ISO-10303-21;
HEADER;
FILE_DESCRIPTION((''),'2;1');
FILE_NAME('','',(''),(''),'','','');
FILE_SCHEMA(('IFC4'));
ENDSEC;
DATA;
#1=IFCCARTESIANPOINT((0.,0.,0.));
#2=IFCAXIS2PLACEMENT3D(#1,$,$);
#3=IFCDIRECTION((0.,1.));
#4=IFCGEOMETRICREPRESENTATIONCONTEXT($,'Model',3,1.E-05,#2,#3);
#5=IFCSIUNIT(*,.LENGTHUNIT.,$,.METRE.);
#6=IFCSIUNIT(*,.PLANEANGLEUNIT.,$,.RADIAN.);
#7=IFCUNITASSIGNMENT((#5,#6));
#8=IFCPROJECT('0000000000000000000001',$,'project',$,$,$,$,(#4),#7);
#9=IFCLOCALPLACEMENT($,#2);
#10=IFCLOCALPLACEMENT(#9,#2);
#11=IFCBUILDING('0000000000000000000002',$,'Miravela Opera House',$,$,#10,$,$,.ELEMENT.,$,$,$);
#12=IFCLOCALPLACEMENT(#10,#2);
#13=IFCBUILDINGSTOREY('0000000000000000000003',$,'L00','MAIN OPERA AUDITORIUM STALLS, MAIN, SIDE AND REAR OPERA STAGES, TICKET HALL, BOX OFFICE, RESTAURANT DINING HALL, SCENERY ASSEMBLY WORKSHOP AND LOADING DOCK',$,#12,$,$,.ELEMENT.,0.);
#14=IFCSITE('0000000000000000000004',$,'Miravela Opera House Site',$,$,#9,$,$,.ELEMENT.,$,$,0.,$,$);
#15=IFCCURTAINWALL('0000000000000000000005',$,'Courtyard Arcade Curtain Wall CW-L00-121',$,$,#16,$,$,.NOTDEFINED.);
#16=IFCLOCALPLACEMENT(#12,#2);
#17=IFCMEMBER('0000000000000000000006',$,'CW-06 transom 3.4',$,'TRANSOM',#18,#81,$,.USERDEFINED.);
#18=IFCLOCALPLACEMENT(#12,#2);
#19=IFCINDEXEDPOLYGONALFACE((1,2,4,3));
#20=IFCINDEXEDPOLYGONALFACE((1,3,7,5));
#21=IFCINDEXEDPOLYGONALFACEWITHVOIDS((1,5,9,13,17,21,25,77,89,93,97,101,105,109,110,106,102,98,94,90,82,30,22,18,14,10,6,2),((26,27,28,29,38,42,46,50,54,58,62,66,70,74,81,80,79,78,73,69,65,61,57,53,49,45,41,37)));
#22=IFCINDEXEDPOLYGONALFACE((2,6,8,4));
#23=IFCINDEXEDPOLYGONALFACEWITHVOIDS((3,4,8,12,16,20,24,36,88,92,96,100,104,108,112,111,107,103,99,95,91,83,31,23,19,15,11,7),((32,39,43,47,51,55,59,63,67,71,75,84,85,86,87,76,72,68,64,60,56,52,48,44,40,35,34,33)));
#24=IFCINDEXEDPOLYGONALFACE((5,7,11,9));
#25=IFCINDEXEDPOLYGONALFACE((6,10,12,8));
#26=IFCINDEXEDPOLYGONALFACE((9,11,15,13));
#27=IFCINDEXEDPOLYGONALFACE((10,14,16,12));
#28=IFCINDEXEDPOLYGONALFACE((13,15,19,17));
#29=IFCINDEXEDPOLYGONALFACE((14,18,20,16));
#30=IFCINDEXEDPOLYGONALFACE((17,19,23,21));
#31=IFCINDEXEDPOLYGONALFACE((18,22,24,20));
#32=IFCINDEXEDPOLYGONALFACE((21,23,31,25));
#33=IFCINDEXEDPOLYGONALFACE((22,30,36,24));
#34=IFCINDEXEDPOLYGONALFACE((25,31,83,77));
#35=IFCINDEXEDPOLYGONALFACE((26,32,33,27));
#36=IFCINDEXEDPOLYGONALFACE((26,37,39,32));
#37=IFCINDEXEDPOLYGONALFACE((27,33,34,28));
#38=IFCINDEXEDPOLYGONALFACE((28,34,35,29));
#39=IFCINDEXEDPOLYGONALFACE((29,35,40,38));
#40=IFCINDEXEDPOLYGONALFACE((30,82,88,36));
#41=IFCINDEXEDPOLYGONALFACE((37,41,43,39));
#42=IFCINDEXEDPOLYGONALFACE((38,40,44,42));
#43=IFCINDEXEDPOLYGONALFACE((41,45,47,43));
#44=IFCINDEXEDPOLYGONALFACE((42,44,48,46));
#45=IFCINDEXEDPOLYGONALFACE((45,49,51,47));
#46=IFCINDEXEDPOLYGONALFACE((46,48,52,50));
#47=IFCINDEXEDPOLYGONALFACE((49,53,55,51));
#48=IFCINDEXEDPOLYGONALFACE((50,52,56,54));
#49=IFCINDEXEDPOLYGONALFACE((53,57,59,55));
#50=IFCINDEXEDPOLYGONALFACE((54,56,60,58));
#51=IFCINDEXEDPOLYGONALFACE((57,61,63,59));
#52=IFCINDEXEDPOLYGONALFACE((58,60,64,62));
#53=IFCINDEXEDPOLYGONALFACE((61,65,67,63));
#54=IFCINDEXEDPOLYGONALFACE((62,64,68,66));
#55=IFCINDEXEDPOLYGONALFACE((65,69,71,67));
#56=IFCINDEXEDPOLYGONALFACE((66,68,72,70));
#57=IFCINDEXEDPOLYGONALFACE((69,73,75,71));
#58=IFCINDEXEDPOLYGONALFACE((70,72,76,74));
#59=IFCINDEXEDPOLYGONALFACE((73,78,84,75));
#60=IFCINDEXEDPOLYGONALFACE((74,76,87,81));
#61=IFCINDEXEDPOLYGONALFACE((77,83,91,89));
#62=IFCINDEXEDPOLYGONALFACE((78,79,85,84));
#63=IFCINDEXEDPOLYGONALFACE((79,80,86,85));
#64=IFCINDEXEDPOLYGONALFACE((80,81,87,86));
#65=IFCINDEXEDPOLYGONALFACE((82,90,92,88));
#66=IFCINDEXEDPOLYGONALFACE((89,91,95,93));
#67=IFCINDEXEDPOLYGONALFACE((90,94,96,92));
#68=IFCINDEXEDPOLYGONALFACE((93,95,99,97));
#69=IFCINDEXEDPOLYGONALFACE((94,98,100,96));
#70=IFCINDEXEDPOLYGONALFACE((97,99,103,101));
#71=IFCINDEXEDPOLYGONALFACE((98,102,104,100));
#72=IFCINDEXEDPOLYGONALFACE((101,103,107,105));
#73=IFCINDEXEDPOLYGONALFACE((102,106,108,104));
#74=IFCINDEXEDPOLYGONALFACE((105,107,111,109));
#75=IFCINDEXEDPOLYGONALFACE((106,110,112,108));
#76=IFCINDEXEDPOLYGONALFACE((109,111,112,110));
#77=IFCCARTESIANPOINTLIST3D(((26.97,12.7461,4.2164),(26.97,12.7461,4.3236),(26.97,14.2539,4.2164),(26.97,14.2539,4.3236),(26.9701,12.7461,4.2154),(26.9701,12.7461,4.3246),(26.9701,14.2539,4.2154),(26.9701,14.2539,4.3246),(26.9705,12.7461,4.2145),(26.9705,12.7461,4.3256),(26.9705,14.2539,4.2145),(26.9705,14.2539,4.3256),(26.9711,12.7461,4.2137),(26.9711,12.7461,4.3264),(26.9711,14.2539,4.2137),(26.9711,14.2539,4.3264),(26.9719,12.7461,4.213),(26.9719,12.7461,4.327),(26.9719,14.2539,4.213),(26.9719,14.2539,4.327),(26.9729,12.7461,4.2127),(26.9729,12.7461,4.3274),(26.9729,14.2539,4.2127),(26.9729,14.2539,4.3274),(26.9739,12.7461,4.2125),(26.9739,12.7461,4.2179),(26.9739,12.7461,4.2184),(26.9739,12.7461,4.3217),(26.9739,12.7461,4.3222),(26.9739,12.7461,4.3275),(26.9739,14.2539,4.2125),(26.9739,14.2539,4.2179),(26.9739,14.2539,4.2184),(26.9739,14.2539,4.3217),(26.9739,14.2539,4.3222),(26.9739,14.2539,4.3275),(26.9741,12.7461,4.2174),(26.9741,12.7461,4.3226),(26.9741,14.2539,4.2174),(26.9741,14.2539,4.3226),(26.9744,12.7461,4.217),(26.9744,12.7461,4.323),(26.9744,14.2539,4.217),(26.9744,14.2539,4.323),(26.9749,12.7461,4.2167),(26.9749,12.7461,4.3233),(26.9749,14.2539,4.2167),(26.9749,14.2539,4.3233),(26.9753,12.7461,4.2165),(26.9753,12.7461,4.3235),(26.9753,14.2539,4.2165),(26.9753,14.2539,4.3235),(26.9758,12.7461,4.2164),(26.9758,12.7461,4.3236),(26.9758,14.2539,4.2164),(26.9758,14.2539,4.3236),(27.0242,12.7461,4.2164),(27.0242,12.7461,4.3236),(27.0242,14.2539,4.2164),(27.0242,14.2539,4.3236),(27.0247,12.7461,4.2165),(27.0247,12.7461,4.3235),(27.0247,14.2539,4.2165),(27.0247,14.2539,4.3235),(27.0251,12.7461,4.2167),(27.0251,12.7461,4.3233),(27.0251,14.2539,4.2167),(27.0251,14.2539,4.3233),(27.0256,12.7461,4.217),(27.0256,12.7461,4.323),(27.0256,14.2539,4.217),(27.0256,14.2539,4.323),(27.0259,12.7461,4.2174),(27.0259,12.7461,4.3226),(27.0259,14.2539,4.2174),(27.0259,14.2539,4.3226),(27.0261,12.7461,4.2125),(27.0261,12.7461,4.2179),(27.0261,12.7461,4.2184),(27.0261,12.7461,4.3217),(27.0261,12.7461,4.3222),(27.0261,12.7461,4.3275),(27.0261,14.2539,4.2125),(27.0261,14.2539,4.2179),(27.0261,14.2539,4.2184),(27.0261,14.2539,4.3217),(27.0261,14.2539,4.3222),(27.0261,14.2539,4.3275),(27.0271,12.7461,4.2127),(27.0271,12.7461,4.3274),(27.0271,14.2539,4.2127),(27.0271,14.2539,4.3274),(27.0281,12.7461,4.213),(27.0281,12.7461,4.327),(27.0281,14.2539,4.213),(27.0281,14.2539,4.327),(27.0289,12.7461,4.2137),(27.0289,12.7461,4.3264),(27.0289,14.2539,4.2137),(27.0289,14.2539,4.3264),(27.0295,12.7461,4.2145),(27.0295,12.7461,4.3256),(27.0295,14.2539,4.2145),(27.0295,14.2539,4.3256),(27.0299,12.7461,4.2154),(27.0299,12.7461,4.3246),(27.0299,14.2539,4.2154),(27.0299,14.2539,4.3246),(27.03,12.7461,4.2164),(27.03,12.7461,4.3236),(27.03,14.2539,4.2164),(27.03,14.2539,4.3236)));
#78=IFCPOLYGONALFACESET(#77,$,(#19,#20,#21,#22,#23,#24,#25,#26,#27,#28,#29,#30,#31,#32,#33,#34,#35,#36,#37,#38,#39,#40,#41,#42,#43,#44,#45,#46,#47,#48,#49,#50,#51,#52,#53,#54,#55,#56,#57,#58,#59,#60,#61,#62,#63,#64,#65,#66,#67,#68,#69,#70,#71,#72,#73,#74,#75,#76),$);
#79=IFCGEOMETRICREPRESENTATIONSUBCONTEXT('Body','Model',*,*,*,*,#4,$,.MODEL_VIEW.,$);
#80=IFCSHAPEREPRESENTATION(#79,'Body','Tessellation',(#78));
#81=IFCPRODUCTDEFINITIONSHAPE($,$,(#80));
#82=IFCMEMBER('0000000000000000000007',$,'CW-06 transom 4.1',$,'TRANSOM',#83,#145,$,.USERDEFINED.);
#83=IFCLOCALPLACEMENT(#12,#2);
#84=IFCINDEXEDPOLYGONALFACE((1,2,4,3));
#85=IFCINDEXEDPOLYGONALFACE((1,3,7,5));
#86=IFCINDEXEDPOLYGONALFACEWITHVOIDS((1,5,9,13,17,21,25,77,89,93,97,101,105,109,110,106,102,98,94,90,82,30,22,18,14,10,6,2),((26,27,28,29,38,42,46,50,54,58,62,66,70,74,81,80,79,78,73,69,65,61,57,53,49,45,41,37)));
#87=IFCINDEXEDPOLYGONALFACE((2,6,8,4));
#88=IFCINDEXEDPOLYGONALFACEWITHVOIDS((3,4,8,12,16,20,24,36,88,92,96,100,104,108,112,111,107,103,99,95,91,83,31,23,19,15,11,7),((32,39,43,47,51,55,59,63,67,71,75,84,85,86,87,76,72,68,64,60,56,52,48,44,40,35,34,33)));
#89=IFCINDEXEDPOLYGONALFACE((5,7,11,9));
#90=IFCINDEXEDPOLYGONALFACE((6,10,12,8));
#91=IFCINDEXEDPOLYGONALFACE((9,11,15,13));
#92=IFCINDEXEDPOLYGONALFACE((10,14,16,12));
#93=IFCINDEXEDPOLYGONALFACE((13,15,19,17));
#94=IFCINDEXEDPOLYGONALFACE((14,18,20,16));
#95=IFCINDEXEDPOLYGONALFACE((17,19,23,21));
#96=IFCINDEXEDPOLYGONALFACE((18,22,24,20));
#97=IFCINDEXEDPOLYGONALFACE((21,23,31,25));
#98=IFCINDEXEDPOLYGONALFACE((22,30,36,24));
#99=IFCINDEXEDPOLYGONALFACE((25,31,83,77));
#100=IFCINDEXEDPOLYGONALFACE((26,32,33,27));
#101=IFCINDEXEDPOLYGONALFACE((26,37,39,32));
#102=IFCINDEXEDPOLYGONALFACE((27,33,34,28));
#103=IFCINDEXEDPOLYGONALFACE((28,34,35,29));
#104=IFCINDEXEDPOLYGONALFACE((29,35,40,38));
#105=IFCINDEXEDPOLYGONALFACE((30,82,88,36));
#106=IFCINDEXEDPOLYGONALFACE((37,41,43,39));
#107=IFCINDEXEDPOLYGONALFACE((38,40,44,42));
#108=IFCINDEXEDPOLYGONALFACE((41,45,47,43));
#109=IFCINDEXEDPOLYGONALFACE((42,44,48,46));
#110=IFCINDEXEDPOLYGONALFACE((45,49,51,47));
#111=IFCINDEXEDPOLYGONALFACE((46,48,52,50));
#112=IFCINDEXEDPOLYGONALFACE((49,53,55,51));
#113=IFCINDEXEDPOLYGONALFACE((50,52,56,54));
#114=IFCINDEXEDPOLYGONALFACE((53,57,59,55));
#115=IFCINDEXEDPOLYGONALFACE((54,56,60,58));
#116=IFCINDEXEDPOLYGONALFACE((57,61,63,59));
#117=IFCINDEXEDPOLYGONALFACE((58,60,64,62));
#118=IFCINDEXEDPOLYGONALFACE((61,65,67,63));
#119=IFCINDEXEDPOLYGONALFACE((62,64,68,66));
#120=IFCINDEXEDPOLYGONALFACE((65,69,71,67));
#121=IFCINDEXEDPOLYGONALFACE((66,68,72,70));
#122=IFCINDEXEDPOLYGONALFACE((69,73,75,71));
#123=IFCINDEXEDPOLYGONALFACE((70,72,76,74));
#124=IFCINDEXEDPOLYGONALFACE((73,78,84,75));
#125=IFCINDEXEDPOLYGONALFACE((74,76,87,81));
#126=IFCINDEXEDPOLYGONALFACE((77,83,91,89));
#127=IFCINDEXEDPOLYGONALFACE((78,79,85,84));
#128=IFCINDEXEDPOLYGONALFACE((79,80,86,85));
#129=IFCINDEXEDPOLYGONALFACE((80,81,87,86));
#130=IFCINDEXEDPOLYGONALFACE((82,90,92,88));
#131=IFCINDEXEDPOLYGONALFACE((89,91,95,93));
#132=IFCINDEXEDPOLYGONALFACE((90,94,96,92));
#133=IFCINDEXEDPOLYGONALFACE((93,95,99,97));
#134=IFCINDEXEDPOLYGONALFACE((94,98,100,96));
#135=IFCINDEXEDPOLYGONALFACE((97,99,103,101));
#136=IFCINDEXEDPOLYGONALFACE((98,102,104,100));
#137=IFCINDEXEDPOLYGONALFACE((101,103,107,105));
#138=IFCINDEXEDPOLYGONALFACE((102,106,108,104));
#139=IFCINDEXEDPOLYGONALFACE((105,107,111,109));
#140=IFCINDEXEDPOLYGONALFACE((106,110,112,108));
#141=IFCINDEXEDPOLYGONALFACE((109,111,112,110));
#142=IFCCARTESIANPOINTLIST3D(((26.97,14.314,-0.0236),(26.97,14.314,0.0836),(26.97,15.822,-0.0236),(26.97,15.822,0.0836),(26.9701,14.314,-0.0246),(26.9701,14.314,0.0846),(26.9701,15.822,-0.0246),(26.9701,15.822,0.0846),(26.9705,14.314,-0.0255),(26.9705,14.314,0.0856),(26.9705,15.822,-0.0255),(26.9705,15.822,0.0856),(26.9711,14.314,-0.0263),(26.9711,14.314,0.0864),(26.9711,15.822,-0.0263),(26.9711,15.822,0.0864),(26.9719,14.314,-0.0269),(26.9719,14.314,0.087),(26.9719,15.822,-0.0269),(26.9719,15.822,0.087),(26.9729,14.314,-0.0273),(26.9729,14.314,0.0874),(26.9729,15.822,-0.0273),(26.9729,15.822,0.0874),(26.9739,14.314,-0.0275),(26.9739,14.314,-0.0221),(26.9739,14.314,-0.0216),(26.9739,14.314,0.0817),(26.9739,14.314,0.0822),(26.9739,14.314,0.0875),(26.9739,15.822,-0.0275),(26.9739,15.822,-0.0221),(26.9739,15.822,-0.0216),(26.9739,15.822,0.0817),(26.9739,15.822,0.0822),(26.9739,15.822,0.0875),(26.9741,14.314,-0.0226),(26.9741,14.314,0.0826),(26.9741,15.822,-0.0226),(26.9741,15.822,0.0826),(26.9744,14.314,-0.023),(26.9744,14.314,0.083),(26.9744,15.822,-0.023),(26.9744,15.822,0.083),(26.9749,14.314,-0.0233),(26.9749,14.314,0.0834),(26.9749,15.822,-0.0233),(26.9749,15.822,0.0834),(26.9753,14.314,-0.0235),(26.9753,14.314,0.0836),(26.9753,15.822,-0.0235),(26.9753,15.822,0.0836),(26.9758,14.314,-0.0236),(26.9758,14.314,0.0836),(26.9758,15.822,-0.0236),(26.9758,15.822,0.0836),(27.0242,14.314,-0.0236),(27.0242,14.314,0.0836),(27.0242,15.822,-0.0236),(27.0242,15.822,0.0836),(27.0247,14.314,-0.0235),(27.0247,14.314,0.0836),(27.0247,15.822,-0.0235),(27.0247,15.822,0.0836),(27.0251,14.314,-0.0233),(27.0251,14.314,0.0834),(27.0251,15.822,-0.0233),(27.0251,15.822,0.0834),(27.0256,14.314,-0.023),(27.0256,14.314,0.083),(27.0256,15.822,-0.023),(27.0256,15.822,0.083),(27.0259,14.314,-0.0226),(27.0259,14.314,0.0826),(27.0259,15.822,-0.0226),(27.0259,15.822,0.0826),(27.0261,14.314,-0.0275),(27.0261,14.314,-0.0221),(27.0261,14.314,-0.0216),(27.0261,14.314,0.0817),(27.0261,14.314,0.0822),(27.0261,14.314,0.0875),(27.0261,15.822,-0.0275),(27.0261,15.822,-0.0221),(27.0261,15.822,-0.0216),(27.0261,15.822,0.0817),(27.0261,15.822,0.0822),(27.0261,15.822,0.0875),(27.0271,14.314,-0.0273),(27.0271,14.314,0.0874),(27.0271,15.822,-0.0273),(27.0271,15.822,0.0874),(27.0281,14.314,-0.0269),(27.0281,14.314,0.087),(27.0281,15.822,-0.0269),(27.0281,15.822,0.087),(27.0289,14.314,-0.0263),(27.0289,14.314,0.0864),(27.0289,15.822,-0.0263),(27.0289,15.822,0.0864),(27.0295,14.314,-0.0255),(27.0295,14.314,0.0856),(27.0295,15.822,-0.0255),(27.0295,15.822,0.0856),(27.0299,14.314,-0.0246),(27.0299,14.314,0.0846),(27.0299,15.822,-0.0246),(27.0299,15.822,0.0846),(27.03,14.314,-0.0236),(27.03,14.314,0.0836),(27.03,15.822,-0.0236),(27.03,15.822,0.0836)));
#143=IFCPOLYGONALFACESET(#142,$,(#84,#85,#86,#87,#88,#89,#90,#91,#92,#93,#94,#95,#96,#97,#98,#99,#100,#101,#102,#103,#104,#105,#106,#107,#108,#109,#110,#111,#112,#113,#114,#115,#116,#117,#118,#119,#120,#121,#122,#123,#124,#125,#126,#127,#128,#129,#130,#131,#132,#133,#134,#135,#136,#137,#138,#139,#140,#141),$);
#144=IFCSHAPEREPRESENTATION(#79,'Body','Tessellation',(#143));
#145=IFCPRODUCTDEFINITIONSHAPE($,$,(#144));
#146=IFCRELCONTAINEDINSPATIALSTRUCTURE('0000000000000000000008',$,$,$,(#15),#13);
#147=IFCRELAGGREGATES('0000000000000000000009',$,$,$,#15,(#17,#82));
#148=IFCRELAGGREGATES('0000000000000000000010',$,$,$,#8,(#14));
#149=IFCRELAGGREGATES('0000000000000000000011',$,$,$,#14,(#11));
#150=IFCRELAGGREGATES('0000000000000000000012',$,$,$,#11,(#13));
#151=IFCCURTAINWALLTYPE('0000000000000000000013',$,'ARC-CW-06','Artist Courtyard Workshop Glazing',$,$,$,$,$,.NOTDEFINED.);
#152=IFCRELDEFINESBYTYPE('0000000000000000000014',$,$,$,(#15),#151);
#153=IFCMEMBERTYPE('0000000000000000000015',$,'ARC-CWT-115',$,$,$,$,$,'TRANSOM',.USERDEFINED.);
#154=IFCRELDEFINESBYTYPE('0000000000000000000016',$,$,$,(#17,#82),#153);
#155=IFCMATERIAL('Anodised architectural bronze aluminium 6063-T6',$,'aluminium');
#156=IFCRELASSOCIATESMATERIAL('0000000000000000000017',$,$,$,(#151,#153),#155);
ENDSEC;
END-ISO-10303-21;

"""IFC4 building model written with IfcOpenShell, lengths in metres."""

from ifc_helpers import new_model, si_unit, direction, frame, origin, origin_2d, place, context, subcontext, project, spatial, hollow_rectangle, extrude, material, material_profile, profile_set, type_object, element, aggregate, save


model = new_model("IFC4")

# Units and contexts
model_context = context("Model", 3, precision=1e-05, world=origin(), true_north=direction((0.0, 1.0)))
body_context = subcontext(model_context, "Body", "Model", "MODEL_VIEW")
ifc_project = project(units=[si_unit("LENGTHUNIT", "METRE"), si_unit("PLANEANGLEUNIT", "RADIAN")], contexts=[model_context])

# Site, building, storey
site_placement = place(None, origin())
site = spatial("IfcSite", under=ifc_project, at=site_placement, Name="Miravela Opera House Site", CompositionType="ELEMENT", RefElevation=0.0)
building_placement = place(site_placement, origin())
building = spatial("IfcBuilding", under=site, at=building_placement, Name="Miravela Opera House", CompositionType="ELEMENT")
storey_placement = place(building_placement, origin())
storey = spatial("IfcBuildingStorey", under=building, at=storey_placement, Name="L00", Description="MAIN OPERA AUDITORIUM STALLS, MAIN, SIDE AND REAR OPERA STAGES, TICKET HALL, BOX OFFICE, RESTAURANT DINING HALL, SCENERY ASSEMBLY WORKSHOP AND LOADING DOCK", CompositionType="ELEMENT", Elevation=0.0)

# Curtain wall, members
ifc_material_1 = material(Name="Anodised architectural bronze aluminium 6063-T6", Category="aluminium")
curtain_wall_type = type_object("IfcCurtainWallType", Name="ARC-CW-06", Description="Artist Courtyard Workshop Glazing", PredefinedType="NOTDEFINED", material=ifc_material_1)
curtain_wall_placement = place(storey_placement, origin())
curtain_wall = element("IfcCurtainWall", 1, at=curtain_wall_placement, inside=storey, type_object=curtain_wall_type, Name="Courtyard Arcade Curtain Wall CW-L00-121", PredefinedType="NOTDEFINED")
ifc_material_profile_1 = material_profile(ifc_material_1, hollow_rectangle(XDim=0.0601, YDim=0.115, WallThickness=0.0039, InnerFilletRadius=0.002, OuterFilletRadius=0.0039, at=origin_2d()), Name="CWT-60X115")
ifc_profile_set_1 = profile_set([ifc_material_profile_1])
member_type_1 = type_object("IfcMemberType", Name="ARC-CWT-115", ElementType="TRANSOM", PredefinedType="USERDEFINED", material=ifc_profile_set_1)
member_1_placement = place(storey_placement, frame((27.0, 12.7461, 4.27), z_axis=(0.0, 1.0, 0.0), x_axis=(-1.0, 0.0, 0.0)))
member_1 = element("IfcMember", 2, at=member_1_placement, type_object=member_type_1, Name="CW-06 transom 3.4", ObjectType="TRANSOM", PredefinedType="USERDEFINED", context=body_context, shape_type="SweptSolid", body=[
    extrude(hollow_rectangle(XDim=0.0601, YDim=0.115, WallThickness=0.0039, InnerFilletRadius=0.002, OuterFilletRadius=0.0039, at=origin_2d()), origin(), (0.0, 0.0, 1.0), 1.5078),
])
member_2_placement = place(storey_placement, frame((27.0, 14.314, 0.03), z_axis=(0.0, 1.0, 0.0), x_axis=(-1.0, 0.0, 0.0)))
member_2 = element("IfcMember", 3, at=member_2_placement, type_object=member_type_1, Name="CW-06 transom 4.1", ObjectType="TRANSOM", PredefinedType="USERDEFINED", context=body_context, shape_type="SweptSolid", body=[
    extrude(hollow_rectangle(XDim=0.0601, YDim=0.115, WallThickness=0.0039, InnerFilletRadius=0.002, OuterFilletRadius=0.0039, at=origin_2d()), origin(), (0.0, 0.0, 1.0), 1.5081),
])

aggregate(curtain_wall, [member_1, member_2])

save(model, "model.ifc")
